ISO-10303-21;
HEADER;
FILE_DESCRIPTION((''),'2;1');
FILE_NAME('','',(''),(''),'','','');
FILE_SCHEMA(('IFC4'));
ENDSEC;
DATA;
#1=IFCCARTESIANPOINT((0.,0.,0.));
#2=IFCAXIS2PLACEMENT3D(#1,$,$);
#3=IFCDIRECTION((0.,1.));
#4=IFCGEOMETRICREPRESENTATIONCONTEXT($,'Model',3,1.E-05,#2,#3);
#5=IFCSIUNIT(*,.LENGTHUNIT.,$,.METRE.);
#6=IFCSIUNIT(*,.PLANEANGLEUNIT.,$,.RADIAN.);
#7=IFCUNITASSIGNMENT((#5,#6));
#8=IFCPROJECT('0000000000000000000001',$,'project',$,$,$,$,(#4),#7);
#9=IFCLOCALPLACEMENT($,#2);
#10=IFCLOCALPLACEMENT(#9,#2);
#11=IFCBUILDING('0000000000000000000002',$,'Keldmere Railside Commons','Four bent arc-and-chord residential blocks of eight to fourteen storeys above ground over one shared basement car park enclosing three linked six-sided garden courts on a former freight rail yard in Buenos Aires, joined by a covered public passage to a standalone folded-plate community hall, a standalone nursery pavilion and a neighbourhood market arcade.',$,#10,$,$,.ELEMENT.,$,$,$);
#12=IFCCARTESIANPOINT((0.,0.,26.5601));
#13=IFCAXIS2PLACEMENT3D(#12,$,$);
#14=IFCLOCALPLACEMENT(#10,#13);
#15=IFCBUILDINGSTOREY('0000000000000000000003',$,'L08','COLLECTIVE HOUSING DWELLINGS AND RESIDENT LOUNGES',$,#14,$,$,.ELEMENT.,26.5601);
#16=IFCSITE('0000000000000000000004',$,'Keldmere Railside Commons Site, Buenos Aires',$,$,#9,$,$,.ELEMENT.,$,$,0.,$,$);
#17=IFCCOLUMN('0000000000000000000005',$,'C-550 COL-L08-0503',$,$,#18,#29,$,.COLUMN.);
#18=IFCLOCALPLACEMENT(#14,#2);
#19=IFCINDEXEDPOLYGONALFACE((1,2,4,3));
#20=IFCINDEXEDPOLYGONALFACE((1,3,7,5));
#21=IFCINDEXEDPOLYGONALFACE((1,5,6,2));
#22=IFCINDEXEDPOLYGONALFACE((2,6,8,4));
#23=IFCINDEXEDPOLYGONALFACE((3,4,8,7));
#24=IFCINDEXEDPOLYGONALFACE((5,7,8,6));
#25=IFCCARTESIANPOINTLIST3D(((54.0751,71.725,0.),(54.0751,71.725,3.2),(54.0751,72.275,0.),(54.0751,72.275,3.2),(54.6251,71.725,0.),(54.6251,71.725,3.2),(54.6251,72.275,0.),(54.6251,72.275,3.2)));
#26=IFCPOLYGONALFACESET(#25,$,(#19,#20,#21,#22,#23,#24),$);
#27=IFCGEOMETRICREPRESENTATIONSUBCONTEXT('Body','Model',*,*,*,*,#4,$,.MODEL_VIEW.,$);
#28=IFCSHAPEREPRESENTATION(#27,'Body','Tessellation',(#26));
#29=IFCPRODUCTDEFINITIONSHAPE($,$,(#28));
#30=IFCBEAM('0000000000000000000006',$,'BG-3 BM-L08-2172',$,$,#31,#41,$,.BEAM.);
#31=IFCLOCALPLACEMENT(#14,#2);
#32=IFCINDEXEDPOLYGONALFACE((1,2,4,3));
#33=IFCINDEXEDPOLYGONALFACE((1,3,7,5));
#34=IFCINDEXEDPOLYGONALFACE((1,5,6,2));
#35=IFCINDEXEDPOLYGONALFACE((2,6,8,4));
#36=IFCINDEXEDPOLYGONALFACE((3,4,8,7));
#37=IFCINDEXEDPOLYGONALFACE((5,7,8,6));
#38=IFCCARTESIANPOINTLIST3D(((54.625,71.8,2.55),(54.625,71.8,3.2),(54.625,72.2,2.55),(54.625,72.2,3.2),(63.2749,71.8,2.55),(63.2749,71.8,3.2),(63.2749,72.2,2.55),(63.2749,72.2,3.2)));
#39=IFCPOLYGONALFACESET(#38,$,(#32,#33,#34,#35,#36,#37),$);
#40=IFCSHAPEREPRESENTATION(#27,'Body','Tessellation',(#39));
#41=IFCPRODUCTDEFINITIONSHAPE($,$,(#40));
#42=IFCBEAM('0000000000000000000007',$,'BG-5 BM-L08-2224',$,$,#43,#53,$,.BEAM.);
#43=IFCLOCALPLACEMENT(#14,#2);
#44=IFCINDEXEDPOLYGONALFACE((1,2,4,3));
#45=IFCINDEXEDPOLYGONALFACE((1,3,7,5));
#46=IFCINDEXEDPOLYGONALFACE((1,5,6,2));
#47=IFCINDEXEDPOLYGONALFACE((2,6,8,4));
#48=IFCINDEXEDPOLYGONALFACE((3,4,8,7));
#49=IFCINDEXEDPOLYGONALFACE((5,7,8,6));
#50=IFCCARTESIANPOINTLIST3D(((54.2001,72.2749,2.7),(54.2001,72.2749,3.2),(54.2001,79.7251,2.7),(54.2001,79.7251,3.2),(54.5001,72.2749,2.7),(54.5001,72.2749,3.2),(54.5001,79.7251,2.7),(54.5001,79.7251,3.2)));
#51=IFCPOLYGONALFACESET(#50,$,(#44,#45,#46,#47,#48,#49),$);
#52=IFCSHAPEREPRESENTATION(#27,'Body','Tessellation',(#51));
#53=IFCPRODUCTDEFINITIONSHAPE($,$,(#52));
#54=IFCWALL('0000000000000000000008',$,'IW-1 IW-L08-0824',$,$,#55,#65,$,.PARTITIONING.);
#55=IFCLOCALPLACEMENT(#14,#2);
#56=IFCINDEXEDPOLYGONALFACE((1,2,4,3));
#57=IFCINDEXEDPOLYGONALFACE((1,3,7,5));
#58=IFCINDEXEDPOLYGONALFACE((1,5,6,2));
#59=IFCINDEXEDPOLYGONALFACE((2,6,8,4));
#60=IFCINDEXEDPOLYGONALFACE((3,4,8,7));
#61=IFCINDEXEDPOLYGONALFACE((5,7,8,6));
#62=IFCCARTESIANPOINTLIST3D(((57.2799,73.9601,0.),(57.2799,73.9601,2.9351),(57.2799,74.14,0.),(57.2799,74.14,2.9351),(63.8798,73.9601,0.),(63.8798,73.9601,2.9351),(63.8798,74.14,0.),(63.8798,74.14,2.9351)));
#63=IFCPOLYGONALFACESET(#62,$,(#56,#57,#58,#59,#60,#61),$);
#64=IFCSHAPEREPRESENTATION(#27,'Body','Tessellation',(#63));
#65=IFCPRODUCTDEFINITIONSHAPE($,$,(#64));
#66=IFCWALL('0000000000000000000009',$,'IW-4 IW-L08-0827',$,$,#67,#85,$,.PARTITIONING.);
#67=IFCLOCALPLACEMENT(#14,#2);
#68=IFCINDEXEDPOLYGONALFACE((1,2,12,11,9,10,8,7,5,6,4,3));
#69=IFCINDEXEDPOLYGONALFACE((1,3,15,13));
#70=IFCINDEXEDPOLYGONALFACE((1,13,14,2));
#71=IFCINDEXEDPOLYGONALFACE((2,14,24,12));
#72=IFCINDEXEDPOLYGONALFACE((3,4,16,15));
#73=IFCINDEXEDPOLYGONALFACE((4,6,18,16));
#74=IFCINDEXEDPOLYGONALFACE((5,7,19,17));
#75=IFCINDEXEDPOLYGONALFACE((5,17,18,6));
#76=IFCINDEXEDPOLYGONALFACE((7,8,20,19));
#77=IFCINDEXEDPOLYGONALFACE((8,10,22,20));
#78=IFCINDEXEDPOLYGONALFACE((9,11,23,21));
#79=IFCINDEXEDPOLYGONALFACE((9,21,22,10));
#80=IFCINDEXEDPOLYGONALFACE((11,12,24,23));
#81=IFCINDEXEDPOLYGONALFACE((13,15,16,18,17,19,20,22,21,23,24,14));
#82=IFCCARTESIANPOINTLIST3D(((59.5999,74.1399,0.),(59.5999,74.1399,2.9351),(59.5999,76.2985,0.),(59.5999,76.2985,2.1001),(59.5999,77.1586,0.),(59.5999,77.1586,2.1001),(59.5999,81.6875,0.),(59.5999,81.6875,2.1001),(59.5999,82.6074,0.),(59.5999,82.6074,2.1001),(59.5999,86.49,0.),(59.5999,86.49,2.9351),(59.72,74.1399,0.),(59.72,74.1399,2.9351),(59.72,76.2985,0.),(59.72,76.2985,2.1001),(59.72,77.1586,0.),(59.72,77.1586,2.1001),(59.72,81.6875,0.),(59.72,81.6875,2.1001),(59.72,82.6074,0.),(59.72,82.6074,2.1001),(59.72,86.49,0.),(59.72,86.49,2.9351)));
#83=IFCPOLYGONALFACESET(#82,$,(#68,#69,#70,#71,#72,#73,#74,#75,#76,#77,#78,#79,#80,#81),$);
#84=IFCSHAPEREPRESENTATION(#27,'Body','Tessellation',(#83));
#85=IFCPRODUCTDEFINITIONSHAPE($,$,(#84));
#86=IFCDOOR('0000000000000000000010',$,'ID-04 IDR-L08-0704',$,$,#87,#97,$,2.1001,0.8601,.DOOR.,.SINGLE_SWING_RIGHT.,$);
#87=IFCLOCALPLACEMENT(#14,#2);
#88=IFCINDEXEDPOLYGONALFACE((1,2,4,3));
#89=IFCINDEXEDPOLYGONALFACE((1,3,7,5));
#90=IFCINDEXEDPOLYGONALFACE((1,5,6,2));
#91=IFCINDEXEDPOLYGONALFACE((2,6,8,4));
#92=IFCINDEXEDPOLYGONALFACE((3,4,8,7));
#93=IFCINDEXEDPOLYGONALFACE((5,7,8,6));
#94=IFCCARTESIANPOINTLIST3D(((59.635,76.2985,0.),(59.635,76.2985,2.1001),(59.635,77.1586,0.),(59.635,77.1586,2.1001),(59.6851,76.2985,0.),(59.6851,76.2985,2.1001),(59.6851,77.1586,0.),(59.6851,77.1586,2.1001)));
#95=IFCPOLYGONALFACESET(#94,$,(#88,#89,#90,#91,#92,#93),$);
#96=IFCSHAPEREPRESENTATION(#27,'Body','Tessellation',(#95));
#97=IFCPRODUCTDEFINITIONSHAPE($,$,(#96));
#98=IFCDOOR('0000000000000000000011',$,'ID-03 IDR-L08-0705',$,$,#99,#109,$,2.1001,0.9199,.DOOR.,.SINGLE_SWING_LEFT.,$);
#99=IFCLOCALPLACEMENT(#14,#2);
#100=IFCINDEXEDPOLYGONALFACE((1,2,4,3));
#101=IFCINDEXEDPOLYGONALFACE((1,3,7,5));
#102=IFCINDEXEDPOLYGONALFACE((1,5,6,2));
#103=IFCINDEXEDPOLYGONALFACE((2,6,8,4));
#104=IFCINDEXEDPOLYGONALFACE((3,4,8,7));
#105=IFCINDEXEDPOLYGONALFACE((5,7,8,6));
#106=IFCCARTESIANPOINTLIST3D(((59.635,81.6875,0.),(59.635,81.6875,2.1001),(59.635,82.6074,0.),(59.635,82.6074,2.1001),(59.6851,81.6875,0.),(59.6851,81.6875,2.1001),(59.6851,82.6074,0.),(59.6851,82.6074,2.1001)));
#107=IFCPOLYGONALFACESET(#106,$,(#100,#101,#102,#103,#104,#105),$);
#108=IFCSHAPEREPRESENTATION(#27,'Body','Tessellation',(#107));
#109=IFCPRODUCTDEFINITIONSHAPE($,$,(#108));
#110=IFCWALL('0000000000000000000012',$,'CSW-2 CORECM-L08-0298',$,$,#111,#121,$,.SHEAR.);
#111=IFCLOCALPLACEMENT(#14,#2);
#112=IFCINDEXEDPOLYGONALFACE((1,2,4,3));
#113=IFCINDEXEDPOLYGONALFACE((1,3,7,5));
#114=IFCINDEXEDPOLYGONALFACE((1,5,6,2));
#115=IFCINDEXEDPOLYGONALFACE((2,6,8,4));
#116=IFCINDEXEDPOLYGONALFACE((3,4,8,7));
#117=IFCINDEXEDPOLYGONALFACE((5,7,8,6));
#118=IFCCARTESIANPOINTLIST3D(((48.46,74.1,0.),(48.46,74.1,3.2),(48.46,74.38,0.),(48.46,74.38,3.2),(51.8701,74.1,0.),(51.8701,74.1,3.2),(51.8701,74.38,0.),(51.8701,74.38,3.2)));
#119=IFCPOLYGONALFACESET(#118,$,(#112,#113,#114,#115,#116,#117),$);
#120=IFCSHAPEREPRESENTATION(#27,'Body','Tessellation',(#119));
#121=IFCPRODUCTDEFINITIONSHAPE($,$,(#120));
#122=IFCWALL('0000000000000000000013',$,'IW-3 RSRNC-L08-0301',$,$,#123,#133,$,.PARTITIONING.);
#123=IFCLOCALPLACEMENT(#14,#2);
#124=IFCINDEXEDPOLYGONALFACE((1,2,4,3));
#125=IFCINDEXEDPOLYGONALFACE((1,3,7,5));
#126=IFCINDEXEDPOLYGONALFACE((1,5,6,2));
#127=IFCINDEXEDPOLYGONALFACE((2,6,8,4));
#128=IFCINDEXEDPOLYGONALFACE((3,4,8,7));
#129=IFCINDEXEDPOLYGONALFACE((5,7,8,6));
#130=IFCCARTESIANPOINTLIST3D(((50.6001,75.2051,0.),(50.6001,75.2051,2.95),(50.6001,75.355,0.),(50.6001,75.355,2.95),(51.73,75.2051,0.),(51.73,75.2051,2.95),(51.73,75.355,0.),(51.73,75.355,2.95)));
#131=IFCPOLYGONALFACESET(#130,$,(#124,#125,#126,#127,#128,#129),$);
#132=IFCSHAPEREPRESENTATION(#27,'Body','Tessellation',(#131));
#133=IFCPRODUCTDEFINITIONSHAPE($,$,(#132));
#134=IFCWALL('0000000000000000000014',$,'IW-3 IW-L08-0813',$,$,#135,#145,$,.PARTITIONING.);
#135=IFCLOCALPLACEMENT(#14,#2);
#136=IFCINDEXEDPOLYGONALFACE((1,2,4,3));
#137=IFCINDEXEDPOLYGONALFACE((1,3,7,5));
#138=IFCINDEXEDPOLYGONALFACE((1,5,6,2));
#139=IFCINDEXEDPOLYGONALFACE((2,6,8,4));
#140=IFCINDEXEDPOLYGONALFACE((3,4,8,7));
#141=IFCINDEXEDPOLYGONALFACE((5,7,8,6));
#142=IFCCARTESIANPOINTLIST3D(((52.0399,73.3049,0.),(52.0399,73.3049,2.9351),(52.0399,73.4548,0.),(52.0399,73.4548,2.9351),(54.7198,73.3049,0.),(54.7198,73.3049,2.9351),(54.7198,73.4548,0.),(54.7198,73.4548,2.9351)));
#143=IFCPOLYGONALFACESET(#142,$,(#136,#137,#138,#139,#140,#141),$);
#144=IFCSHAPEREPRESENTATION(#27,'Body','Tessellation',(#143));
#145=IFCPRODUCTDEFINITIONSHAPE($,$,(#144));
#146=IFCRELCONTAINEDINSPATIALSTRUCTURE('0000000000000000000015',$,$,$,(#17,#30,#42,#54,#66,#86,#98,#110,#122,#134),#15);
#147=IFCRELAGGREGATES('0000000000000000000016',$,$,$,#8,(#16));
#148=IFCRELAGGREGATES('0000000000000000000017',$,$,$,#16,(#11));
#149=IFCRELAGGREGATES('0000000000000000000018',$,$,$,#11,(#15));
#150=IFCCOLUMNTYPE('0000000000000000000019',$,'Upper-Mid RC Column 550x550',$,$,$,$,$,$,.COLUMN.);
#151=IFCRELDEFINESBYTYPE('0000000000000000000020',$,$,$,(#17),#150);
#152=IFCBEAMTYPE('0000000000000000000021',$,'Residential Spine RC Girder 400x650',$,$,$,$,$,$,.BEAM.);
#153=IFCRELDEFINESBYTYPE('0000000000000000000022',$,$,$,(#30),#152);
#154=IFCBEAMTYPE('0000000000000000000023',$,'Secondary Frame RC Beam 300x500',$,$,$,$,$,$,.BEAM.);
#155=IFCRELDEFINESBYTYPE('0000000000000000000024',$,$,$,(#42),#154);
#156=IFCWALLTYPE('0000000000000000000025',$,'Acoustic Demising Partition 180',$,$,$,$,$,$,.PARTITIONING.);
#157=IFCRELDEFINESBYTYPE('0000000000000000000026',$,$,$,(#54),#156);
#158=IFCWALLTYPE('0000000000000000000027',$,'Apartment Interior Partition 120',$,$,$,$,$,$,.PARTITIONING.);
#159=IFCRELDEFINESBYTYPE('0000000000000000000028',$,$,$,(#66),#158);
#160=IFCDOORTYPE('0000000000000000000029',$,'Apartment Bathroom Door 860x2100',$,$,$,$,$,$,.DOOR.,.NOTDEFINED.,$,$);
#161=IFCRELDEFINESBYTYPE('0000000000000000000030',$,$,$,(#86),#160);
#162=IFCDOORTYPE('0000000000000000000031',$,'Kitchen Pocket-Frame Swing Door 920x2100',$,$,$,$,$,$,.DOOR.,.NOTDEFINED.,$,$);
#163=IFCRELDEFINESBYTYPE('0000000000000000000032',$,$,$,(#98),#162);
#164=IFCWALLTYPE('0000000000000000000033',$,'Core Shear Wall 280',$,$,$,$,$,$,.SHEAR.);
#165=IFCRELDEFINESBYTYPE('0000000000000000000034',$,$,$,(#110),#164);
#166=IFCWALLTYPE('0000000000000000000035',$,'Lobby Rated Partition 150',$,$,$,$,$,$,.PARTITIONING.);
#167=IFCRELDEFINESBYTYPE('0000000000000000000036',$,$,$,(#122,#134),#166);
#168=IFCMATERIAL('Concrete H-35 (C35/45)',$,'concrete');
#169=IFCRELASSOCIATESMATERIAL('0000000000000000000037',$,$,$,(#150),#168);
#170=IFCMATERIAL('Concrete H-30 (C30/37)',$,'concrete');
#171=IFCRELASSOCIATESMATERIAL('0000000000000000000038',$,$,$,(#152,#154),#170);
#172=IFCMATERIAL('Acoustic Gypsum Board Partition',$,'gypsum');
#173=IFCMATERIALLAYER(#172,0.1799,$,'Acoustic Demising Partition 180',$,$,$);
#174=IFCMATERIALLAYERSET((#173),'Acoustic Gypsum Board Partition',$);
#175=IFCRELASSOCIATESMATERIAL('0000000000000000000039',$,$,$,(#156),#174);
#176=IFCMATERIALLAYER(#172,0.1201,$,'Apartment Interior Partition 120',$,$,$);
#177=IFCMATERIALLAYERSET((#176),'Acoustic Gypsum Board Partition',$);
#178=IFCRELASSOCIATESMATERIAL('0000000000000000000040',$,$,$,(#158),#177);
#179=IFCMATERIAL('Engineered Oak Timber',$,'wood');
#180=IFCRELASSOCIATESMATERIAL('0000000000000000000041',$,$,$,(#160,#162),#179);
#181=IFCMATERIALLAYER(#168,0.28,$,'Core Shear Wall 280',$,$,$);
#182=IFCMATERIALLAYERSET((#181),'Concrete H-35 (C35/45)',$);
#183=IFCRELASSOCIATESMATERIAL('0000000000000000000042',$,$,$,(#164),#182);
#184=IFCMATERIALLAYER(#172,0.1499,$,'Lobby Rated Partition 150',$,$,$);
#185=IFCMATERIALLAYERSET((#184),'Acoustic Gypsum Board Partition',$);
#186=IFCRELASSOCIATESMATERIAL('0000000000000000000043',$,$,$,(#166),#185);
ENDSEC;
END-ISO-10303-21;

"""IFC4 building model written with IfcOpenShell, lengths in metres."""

from ifc_helpers import new_model, si_unit, direction, frame, frame_2d, origin, origin_2d, place, context, subcontext, project, spatial, rectangle, extrude, material, layer, layer_set, material_profile, profile_set, type_object, element, fill, save


model = new_model("IFC4")

# Units and contexts
model_context = context("Model", 3, precision=1e-05, world=origin(), true_north=direction((0.0, 1.0)))
body_context = subcontext(model_context, "Body", "Model", "MODEL_VIEW")
ifc_project = project(units=[si_unit("LENGTHUNIT", "METRE"), si_unit("PLANEANGLEUNIT", "RADIAN")], contexts=[model_context])

# Site, building, storey
site_placement = place(None, origin())
site = spatial("IfcSite", under=ifc_project, at=site_placement, Name="Keldmere Railside Commons Site, Buenos Aires", CompositionType="ELEMENT", RefElevation=0.0)
building_placement = place(site_placement, origin())
building = spatial("IfcBuilding", under=site, at=building_placement, Name="Keldmere Railside Commons", Description="Four bent arc-and-chord residential blocks of eight to fourteen storeys above ground over one shared basement car park enclosing three linked six-sided garden courts on a former freight rail yard in Buenos Aires, joined by a covered public passage to a standalone folded-plate community hall, a standalone nursery pavilion and a neighbourhood market arcade.", CompositionType="ELEMENT")
storey_placement = place(building_placement, frame((0.0, 0.0, 26.5601)))
storey = spatial("IfcBuildingStorey", under=building, at=storey_placement, Name="L08", Description="COLLECTIVE HOUSING DWELLINGS AND RESIDENT LOUNGES", CompositionType="ELEMENT", Elevation=26.5601)

# Column
ifc_material_1 = material(Name="Concrete H-35 (C35/45)", Category="concrete")
ifc_material_profile_1 = material_profile(ifc_material_1, rectangle(XDim=0.55, YDim=0.55, at=origin_2d()), Name="RC-550x550")
ifc_profile_set_1 = profile_set([ifc_material_profile_1], Name="Concrete H-35 (C35/45)")
column_type = type_object("IfcColumnType", Name="Upper-Mid RC Column 550x550", PredefinedType="COLUMN", material=ifc_profile_set_1)
column_placement = place(storey_placement, frame((54.3501, 72.0, 0.0), z_axis=(0.0, 0.0, 1.0), x_axis=(1.0, 0.0, 0.0)))
element("IfcColumn", 1, at=column_placement, inside=storey, type_object=column_type, Name="C-550 COL-L08-0503", PredefinedType="COLUMN", context=body_context, shape_type="SweptSolid", body=[
    extrude(rectangle(XDim=0.55, YDim=0.55, at=origin_2d()), origin(), (0.0, 0.0, 1.0), 3.2),
])

# Beams
ifc_material_2 = material(Name="Concrete H-30 (C30/37)", Category="concrete")
ifc_material_profile_2 = material_profile(ifc_material_2, rectangle(XDim=0.3999, YDim=0.6499, at=origin_2d()), Name="RC-400x650")
ifc_profile_set_2 = profile_set([ifc_material_profile_2], Name="Concrete H-30 (C30/37)")
beam_type_1 = type_object("IfcBeamType", Name="Residential Spine RC Girder 400x650", PredefinedType="BEAM", material=ifc_profile_set_2)
beam_1_placement = place(storey_placement, frame((54.625, 72.0, 2.875), z_axis=(1.0, 0.0, 0.0), x_axis=(0.0, 1.0, 0.0)))
element("IfcBeam", 2, at=beam_1_placement, inside=storey, type_object=beam_type_1, Name="BG-3 BM-L08-2172", PredefinedType="BEAM", context=body_context, shape_type="SweptSolid", body=[
    extrude(rectangle(XDim=0.3999, YDim=0.6499, at=origin_2d()), origin(), (0.0, 0.0, 1.0), 8.6499),
])
ifc_material_profile_3 = material_profile(ifc_material_2, rectangle(XDim=0.3, YDim=0.5, at=origin_2d()), Name="RC-300x500")
ifc_profile_set_3 = profile_set([ifc_material_profile_3], Name="Concrete H-30 (C30/37)")
beam_type_2 = type_object("IfcBeamType", Name="Secondary Frame RC Beam 300x500", PredefinedType="BEAM", material=ifc_profile_set_3)
beam_2_placement = place(storey_placement, frame((54.3501, 72.2749, 2.95), z_axis=(0.0, 1.0, 0.0), x_axis=(-1.0, 0.0, 0.0)))
element("IfcBeam", 3, at=beam_2_placement, inside=storey, type_object=beam_type_2, Name="BG-5 BM-L08-2224", PredefinedType="BEAM", context=body_context, shape_type="SweptSolid", body=[
    extrude(rectangle(XDim=0.3, YDim=0.5, at=origin_2d()), origin(), (0.0, 0.0, 1.0), 7.4502),
])

# Wall
ifc_material_3 = material(Name="Acoustic Gypsum Board Partition", Category="gypsum")
ifc_layer_1 = layer(ifc_material_3, 0.1799, Name="Acoustic Demising Partition 180")
ifc_layer_set_1 = layer_set([ifc_layer_1], Name="Acoustic Gypsum Board Partition")
wall_type_1 = type_object("IfcWallType", Name="Acoustic Demising Partition 180", PredefinedType="PARTITIONING", material=ifc_layer_set_1)
wall_1_placement = place(storey_placement, frame((57.28, 74.05, 0.0), z_axis=(0.0, 0.0, 1.0), x_axis=(1.0, 0.0, 0.0)))
element("IfcWall", 4, at=wall_1_placement, inside=storey, type_object=wall_type_1, Name="IW-1 IW-L08-0824", PredefinedType="PARTITIONING", context=body_context, shape_type="SweptSolid", body=[
    extrude(rectangle(XDim=6.5999, YDim=0.1799, at=frame_2d((3.2998, 0.0))), origin(), (0.0, 0.0, 1.0), 2.9351),
])

# Wall, openings, doors
ifc_layer_2 = layer(ifc_material_3, 0.1201, Name="Apartment Interior Partition 120")
ifc_layer_set_2 = layer_set([ifc_layer_2], Name="Acoustic Gypsum Board Partition")
wall_type_2 = type_object("IfcWallType", Name="Apartment Interior Partition 120", PredefinedType="PARTITIONING", material=ifc_layer_set_2)
wall_2_placement = place(storey_placement, frame((59.6599, 74.1399, 0.0), z_axis=(0.0, 0.0, 1.0), x_axis=(0.0, 1.0, 0.0)))
wall_2 = element("IfcWall", 5, at=wall_2_placement, inside=storey, type_object=wall_type_2, Name="IW-4 IW-L08-0827", PredefinedType="PARTITIONING", context=body_context, shape_type="SweptSolid", body=[
    extrude(rectangle(XDim=12.3501, YDim=0.1201, at=frame_2d((6.175, 0.0))), origin(), (0.0, 0.0, 1.0), 2.9351),
])
opening_1_placement = place(wall_2_placement, frame((2.1584, 0.0, 0.0)))
opening_1 = element("IfcOpeningElement", 6, at=opening_1_placement, cuts=wall_2, PredefinedType="OPENING", context=body_context, shape_type="SweptSolid", body=[
    extrude(rectangle(XDim=0.8601, YDim=2.1001, at=frame_2d((0.4302, 1.05))), frame((0.0, 0.0701, 0.0), z_axis=(0.0, -1.0, 0.0), x_axis=(1.0, 0.0, 0.0)), (0.0, 0.0, 1.0), 0.1401),
])
opening_2_placement = place(wall_2_placement, frame((7.5476, 0.0, 0.0)))
opening_2 = element("IfcOpeningElement", 7, at=opening_2_placement, cuts=wall_2, PredefinedType="OPENING", context=body_context, shape_type="SweptSolid", body=[
    extrude(rectangle(XDim=0.9199, YDim=2.1001, at=frame_2d((0.46, 1.05))), frame((0.0, 0.0701, 0.0), z_axis=(0.0, -1.0, 0.0), x_axis=(1.0, 0.0, 0.0)), (0.0, 0.0, 1.0), 0.1401),
])
ifc_material_4 = material(Name="Engineered Oak Timber", Category="wood")
door_type_1 = type_object("IfcDoorType", Name="Apartment Bathroom Door 860x2100", OperationType="NOTDEFINED", PredefinedType="DOOR", material=ifc_material_4)
door_1_placement = place(opening_1_placement, origin())
door_1 = element("IfcDoor", 8, at=door_1_placement, inside=storey, type_object=door_type_1, Name="ID-04 IDR-L08-0704", OperationType="SINGLE_SWING_RIGHT", OverallHeight=2.1001, OverallWidth=0.8601, PredefinedType="DOOR", context=body_context, shape_type="SweptSolid", body=[
    extrude(rectangle(XDim=0.8601, YDim=2.1001, at=frame_2d((0.4302, 1.05))), frame((0.0, 0.0249, 0.0), z_axis=(0.0, -1.0, 0.0), x_axis=(1.0, 0.0, 0.0)), (0.0, 0.0, 1.0), 0.05),
])
fill(opening_1, door_1)
door_type_2 = type_object("IfcDoorType", Name="Kitchen Pocket-Frame Swing Door 920x2100", OperationType="NOTDEFINED", PredefinedType="DOOR", material=ifc_material_4)
door_2_placement = place(opening_2_placement, origin())
door_2 = element("IfcDoor", 9, at=door_2_placement, inside=storey, type_object=door_type_2, Name="ID-03 IDR-L08-0705", OperationType="SINGLE_SWING_LEFT", OverallHeight=2.1001, OverallWidth=0.9199, PredefinedType="DOOR", context=body_context, shape_type="SweptSolid", body=[
    extrude(rectangle(XDim=0.9199, YDim=2.1001, at=frame_2d((0.46, 1.05))), frame((0.0, 0.0249, 0.0), z_axis=(0.0, -1.0, 0.0), x_axis=(1.0, 0.0, 0.0)), (0.0, 0.0, 1.0), 0.05),
])
fill(opening_2, door_2)

# Wall
ifc_layer_3 = layer(ifc_material_1, 0.28, Name="Core Shear Wall 280")
ifc_layer_set_3 = layer_set([ifc_layer_3], Name="Concrete H-35 (C35/45)")
wall_type_3 = type_object("IfcWallType", Name="Core Shear Wall 280", PredefinedType="SHEAR", material=ifc_layer_set_3)
wall_3_placement = place(storey_placement, frame((48.46, 74.24, 0.0), z_axis=(0.0, 0.0, 1.0), x_axis=(1.0, 0.0, 0.0)))
element("IfcWall", 10, at=wall_3_placement, inside=storey, type_object=wall_type_3, Name="CSW-2 CORECM-L08-0298", PredefinedType="SHEAR", context=body_context, shape_type="SweptSolid", body=[
    extrude(rectangle(XDim=3.4102, YDim=0.28, at=frame_2d((1.7051, 0.0))), origin(), (0.0, 0.0, 1.0), 3.2),
])

# Walls
ifc_layer_4 = layer(ifc_material_3, 0.1499, Name="Lobby Rated Partition 150")
ifc_layer_set_4 = layer_set([ifc_layer_4], Name="Acoustic Gypsum Board Partition")
wall_type_4 = type_object("IfcWallType", Name="Lobby Rated Partition 150", PredefinedType="PARTITIONING", material=ifc_layer_set_4)
wall_4_placement = place(storey_placement, frame((50.6001, 75.28, 0.0), z_axis=(0.0, 0.0, 1.0), x_axis=(1.0, 0.0, 0.0)))
element("IfcWall", 11, at=wall_4_placement, inside=storey, type_object=wall_type_4, Name="IW-3 RSRNC-L08-0301", PredefinedType="PARTITIONING", context=body_context, shape_type="SweptSolid", body=[
    extrude(rectangle(XDim=1.1299, YDim=0.1499, at=frame_2d((0.5649, 0.0))), origin(), (0.0, 0.0, 1.0), 2.95),
])
wall_5_placement = place(storey_placement, frame((52.04, 73.3799, 0.0), z_axis=(0.0, 0.0, 1.0), x_axis=(1.0, 0.0, 0.0)))
element("IfcWall", 12, at=wall_5_placement, inside=storey, type_object=wall_type_4, Name="IW-3 IW-L08-0813", PredefinedType="PARTITIONING", context=body_context, shape_type="SweptSolid", body=[
    extrude(rectangle(XDim=2.6799, YDim=0.1499, at=frame_2d((1.3398, 0.0))), origin(), (0.0, 0.0, 1.0), 2.9351),
])

save(model, "model.ifc")
